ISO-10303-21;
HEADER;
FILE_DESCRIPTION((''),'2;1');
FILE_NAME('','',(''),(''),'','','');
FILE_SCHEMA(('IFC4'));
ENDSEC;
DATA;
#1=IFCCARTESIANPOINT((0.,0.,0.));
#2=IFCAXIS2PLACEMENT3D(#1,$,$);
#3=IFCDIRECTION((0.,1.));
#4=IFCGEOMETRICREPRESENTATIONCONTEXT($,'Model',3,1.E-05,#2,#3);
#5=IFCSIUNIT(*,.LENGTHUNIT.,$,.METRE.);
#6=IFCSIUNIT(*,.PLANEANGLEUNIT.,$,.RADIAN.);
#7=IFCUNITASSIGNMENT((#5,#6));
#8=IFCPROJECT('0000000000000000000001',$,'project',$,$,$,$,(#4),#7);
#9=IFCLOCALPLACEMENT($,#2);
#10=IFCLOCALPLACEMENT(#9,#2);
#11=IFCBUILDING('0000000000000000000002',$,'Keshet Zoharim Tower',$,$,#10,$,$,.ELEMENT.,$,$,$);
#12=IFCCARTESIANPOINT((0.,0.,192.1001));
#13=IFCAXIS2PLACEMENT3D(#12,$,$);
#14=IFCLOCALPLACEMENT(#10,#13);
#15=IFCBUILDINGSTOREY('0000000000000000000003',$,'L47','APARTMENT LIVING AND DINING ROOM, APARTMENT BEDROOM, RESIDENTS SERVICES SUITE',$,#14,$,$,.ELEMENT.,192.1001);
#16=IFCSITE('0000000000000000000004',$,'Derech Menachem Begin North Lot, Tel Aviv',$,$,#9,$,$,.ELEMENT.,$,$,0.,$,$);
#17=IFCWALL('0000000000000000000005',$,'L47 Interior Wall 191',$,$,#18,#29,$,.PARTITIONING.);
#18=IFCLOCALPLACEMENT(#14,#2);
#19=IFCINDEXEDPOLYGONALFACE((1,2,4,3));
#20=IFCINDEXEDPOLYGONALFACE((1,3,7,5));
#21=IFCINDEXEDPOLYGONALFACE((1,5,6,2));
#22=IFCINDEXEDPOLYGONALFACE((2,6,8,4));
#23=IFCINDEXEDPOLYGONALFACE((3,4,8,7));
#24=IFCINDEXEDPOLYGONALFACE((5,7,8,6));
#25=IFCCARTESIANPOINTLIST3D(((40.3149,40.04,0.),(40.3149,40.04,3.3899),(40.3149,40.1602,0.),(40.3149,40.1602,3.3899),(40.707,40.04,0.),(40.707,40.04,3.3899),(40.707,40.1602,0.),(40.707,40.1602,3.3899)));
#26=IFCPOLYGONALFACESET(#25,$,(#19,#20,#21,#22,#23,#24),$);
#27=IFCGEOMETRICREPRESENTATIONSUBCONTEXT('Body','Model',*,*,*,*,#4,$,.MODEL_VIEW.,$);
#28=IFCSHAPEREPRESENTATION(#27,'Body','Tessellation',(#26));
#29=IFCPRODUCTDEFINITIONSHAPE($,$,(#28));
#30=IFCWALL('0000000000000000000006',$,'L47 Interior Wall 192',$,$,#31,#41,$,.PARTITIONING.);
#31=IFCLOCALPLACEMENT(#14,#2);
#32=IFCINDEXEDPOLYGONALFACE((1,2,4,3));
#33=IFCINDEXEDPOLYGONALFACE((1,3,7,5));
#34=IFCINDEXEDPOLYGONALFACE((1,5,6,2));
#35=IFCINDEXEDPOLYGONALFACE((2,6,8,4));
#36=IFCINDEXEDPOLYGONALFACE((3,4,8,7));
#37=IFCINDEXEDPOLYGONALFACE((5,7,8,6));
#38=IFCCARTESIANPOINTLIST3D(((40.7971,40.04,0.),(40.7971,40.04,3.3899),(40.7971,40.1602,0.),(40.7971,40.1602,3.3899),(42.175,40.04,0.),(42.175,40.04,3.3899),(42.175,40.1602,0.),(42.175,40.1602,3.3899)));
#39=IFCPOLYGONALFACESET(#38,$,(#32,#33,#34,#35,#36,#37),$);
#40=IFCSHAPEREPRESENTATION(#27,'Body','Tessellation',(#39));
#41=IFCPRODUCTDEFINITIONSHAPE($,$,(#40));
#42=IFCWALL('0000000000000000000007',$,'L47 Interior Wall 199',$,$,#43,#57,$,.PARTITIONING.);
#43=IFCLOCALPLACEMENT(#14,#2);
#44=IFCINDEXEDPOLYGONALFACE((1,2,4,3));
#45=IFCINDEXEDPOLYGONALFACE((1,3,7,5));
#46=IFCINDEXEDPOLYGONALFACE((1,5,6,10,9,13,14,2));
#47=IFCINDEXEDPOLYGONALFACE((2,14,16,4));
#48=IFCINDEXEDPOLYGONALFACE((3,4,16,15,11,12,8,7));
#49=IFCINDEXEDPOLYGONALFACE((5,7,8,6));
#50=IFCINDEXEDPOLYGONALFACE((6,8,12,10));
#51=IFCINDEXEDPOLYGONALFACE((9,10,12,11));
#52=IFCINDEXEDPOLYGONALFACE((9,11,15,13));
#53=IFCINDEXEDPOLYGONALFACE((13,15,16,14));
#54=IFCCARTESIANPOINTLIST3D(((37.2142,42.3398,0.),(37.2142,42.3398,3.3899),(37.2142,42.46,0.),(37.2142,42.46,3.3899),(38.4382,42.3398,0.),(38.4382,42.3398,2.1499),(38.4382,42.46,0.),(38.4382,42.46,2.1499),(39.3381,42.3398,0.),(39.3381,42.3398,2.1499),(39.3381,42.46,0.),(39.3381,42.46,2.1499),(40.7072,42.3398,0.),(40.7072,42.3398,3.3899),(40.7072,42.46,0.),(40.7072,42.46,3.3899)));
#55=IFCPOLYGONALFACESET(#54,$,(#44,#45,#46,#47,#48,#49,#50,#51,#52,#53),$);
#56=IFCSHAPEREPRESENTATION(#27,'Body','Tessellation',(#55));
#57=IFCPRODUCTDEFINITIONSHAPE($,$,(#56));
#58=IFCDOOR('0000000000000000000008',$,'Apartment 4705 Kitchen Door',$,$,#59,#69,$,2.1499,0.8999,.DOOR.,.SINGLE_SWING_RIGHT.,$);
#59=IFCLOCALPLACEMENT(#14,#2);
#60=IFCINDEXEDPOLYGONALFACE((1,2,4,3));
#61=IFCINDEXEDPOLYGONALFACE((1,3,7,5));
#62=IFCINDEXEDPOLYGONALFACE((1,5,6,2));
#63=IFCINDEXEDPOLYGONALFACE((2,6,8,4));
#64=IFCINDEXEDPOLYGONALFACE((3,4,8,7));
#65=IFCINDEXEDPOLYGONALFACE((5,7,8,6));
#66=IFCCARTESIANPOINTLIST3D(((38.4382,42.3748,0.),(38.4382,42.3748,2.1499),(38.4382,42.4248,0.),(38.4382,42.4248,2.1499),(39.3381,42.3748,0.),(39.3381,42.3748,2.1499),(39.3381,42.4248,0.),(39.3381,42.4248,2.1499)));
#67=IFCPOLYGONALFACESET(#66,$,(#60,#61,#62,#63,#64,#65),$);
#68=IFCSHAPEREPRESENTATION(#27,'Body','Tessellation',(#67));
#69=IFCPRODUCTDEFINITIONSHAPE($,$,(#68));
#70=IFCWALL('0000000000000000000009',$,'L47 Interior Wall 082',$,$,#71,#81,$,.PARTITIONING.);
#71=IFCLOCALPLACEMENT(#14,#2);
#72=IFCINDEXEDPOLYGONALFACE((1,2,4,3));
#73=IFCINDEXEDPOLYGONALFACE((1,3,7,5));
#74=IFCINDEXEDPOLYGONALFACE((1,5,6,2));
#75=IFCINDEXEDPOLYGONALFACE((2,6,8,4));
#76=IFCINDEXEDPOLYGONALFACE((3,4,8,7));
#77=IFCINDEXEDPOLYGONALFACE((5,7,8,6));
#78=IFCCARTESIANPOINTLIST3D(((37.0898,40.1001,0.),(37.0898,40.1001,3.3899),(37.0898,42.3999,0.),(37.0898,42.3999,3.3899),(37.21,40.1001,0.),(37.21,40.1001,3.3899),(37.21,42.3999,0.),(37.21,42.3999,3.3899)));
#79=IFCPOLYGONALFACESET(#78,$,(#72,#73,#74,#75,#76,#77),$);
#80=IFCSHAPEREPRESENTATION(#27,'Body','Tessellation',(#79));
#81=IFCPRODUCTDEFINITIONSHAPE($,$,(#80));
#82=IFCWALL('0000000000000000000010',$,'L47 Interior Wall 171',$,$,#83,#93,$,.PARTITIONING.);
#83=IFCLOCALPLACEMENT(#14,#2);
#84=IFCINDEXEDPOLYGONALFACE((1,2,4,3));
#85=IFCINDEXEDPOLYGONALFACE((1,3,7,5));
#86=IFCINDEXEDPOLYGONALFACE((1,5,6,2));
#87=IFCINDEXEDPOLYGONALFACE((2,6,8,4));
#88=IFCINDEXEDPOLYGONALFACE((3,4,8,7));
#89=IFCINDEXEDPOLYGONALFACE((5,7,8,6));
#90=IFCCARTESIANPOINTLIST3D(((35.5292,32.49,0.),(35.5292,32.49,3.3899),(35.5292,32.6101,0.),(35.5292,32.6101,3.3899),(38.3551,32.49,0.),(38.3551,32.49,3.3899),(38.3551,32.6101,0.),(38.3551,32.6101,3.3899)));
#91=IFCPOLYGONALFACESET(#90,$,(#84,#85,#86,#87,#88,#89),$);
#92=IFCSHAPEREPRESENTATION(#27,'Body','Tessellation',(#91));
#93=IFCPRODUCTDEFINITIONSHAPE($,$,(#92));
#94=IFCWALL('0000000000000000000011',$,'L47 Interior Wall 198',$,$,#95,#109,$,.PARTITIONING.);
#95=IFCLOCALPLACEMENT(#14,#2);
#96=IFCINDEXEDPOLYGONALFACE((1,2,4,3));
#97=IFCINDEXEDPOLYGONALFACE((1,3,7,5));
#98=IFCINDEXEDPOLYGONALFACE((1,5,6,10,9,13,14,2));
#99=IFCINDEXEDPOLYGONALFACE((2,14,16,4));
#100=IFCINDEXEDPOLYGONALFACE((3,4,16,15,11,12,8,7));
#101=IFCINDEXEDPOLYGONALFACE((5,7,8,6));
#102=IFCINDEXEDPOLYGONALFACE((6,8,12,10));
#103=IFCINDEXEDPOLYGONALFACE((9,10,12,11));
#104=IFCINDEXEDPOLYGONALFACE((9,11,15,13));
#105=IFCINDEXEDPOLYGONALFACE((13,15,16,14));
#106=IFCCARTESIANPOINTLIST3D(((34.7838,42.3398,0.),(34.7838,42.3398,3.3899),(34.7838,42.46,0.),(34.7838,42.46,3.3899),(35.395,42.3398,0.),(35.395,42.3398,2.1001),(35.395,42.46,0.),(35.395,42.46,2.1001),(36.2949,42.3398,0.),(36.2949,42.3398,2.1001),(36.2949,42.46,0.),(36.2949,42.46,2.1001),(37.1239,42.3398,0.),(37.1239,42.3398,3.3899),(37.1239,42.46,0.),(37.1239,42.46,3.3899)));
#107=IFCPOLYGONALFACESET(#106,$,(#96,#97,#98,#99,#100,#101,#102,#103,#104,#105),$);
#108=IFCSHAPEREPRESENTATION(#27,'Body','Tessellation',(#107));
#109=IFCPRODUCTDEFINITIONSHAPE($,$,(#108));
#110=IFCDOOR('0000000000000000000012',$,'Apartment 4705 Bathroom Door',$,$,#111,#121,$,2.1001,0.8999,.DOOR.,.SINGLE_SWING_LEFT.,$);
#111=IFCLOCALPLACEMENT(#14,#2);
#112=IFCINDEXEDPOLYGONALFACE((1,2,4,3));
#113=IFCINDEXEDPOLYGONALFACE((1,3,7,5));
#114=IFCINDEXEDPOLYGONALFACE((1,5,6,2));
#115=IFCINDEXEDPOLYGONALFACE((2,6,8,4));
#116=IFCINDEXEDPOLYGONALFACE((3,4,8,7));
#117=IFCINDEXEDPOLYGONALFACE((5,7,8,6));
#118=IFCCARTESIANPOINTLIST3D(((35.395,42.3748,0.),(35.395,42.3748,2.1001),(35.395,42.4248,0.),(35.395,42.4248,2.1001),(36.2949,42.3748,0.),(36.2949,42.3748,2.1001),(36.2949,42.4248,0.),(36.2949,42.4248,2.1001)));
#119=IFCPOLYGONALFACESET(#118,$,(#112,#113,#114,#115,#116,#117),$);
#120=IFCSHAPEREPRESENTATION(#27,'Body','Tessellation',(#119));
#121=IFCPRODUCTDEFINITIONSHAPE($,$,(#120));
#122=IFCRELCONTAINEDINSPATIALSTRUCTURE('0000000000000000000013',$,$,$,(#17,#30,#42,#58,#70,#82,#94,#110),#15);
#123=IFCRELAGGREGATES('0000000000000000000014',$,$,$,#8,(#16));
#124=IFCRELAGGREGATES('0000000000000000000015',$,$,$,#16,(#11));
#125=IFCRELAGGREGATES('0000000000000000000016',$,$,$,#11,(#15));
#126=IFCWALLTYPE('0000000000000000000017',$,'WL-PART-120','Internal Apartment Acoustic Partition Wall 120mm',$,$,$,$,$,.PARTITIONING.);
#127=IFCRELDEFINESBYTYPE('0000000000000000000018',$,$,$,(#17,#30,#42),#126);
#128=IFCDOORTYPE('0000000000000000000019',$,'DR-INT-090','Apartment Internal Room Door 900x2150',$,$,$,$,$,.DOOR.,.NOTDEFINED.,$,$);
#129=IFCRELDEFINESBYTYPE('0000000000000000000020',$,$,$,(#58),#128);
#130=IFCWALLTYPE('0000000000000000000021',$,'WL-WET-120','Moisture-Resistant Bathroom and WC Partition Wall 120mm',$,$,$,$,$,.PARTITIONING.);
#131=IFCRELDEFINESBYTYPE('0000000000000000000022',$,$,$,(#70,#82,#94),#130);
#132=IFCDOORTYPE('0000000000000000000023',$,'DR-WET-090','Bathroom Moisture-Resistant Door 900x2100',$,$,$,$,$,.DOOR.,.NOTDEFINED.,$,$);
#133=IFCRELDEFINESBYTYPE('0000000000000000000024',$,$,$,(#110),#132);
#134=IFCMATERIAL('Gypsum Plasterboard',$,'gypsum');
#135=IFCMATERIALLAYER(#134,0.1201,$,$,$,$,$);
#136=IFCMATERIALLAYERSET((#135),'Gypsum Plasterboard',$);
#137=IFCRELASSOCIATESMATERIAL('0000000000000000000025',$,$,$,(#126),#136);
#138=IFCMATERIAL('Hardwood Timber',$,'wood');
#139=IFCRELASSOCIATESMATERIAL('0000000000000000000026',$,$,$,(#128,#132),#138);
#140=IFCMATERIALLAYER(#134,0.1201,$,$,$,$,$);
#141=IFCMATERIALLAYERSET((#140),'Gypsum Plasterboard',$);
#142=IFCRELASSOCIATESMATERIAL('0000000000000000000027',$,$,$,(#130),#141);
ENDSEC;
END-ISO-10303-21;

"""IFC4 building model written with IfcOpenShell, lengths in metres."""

from ifc_helpers import new_model, si_unit, direction, frame, frame_2d, origin, place, context, subcontext, project, spatial, rectangle, extrude, material, layer, layer_set, type_object, element, fill, save


model = new_model("IFC4")

# Units and contexts
model_context = context("Model", 3, precision=1e-05, world=origin(), true_north=direction((0.0, 1.0)))
body_context = subcontext(model_context, "Body", "Model", "MODEL_VIEW")
ifc_project = project(units=[si_unit("LENGTHUNIT", "METRE"), si_unit("PLANEANGLEUNIT", "RADIAN")], contexts=[model_context])

# Site, building, storey
site_placement = place(None, origin())
site = spatial("IfcSite", under=ifc_project, at=site_placement, Name="Derech Menachem Begin North Lot, Tel Aviv", CompositionType="ELEMENT", RefElevation=0.0)
building_placement = place(site_placement, origin())
building = spatial("IfcBuilding", under=site, at=building_placement, Name="Keshet Zoharim Tower", CompositionType="ELEMENT")
storey_placement = place(building_placement, frame((0.0, 0.0, 192.1001)))
storey = spatial("IfcBuildingStorey", under=building, at=storey_placement, Name="L47", Description="APARTMENT LIVING AND DINING ROOM, APARTMENT BEDROOM, RESIDENTS SERVICES SUITE", CompositionType="ELEMENT", Elevation=192.1001)

# Shared definitions
ifc_material_1 = material(Name="Gypsum Plasterboard", Category="gypsum")

# Shared definitions
ifc_material_2 = material(Name="Hardwood Timber", Category="wood")

# Walls
ifc_layer_1 = layer(ifc_material_1, 0.1201)
ifc_layer_set_1 = layer_set([ifc_layer_1], Name="Gypsum Plasterboard")
wall_type_1 = type_object("IfcWallType", Name="WL-PART-120", Description="Internal Apartment Acoustic Partition Wall 120mm", PredefinedType="PARTITIONING", material=ifc_layer_set_1)
wall_1_placement = place(storey_placement, frame((40.3149, 40.1001, 0.0), z_axis=(0.0, 0.0, 1.0), x_axis=(1.0, 0.0, 0.0)))
element("IfcWall", 1, at=wall_1_placement, inside=storey, type_object=wall_type_1, Name="L47 Interior Wall 191", PredefinedType="PARTITIONING", context=body_context, shape_type="SweptSolid", body=[
    extrude(rectangle(XDim=0.3921, YDim=0.1201, at=frame_2d((0.196, 0.0))), origin(), (0.0, 0.0, 1.0), 3.3899),
])
wall_2_placement = place(storey_placement, frame((40.7971, 40.1001, 0.0), z_axis=(0.0, 0.0, 1.0), x_axis=(1.0, 0.0, 0.0)))
element("IfcWall", 2, at=wall_2_placement, inside=storey, type_object=wall_type_1, Name="L47 Interior Wall 192", PredefinedType="PARTITIONING", context=body_context, shape_type="SweptSolid", body=[
    extrude(rectangle(XDim=1.3779, YDim=0.1201, at=frame_2d((0.689, 0.0))), origin(), (0.0, 0.0, 1.0), 3.3899),
])

# Wall, opening, door
wall_3_placement = place(storey_placement, frame((37.2141, 42.3999, 0.0), z_axis=(0.0, 0.0, 1.0), x_axis=(1.0, 0.0, 0.0)))
wall_3 = element("IfcWall", 3, at=wall_3_placement, inside=storey, type_object=wall_type_1, Name="L47 Interior Wall 199", PredefinedType="PARTITIONING", context=body_context, shape_type="SweptSolid", body=[
    extrude(rectangle(XDim=3.4929, YDim=0.1201, at=frame_2d((1.7466, 0.0))), origin(), (0.0, 0.0, 1.0), 3.3899),
])
opening_1_placement = place(wall_3_placement, frame((1.2241, 0.0, 0.0)))
opening_1 = element("IfcOpeningElement", 4, at=opening_1_placement, cuts=wall_3, PredefinedType="OPENING", context=body_context, shape_type="SweptSolid", body=[
    extrude(rectangle(XDim=0.8999, YDim=2.1499, at=frame_2d((0.45, 1.075))), frame((0.0, 0.0701, 0.0), z_axis=(0.0, -1.0, 0.0), x_axis=(1.0, 0.0, 0.0)), (0.0, 0.0, 1.0), 0.1401),
])
door_type_1 = type_object("IfcDoorType", Name="DR-INT-090", Description="Apartment Internal Room Door 900x2150", OperationType="NOTDEFINED", PredefinedType="DOOR", material=ifc_material_2)
door_1_placement = place(opening_1_placement, origin())
door_1 = element("IfcDoor", 5, at=door_1_placement, inside=storey, type_object=door_type_1, Name="Apartment 4705 Kitchen Door", OperationType="SINGLE_SWING_RIGHT", OverallHeight=2.1499, OverallWidth=0.8999, PredefinedType="DOOR", context=body_context, shape_type="SweptSolid", body=[
    extrude(rectangle(XDim=0.8999, YDim=2.1499, at=frame_2d((0.45, 1.075))), frame((0.0, 0.0249, 0.0), z_axis=(0.0, -1.0, 0.0), x_axis=(1.0, 0.0, 0.0)), (0.0, 0.0, 1.0), 0.05),
])
fill(opening_1, door_1)

# Walls
ifc_layer_2 = layer(ifc_material_1, 0.1201)
ifc_layer_set_2 = layer_set([ifc_layer_2], Name="Gypsum Plasterboard")
wall_type_2 = type_object("IfcWallType", Name="WL-WET-120", Description="Moisture-Resistant Bathroom and WC Partition Wall 120mm", PredefinedType="PARTITIONING", material=ifc_layer_set_2)
wall_4_placement = place(storey_placement, frame((37.1499, 40.1001, 0.0), z_axis=(0.0, 0.0, 1.0), x_axis=(0.0, 1.0, 0.0)))
element("IfcWall", 6, at=wall_4_placement, inside=storey, type_object=wall_type_2, Name="L47 Interior Wall 082", PredefinedType="PARTITIONING", context=body_context, shape_type="SweptSolid", body=[
    extrude(rectangle(XDim=2.2998, YDim=0.1201, at=frame_2d((1.1499, 0.0))), origin(), (0.0, 0.0, 1.0), 3.3899),
])
wall_5_placement = place(storey_placement, frame((35.5291, 32.55, 0.0), z_axis=(0.0, 0.0, 1.0), x_axis=(1.0, 0.0, 0.0)))
element("IfcWall", 7, at=wall_5_placement, inside=storey, type_object=wall_type_2, Name="L47 Interior Wall 171", PredefinedType="PARTITIONING", context=body_context, shape_type="SweptSolid", body=[
    extrude(rectangle(XDim=2.8259, YDim=0.1201, at=frame_2d((1.4131, 0.0))), origin(), (0.0, 0.0, 1.0), 3.3899),
])

# Wall, opening, door
wall_6_placement = place(storey_placement, frame((34.7839, 42.3999, 0.0), z_axis=(0.0, 0.0, 1.0), x_axis=(1.0, 0.0, 0.0)))
wall_6 = element("IfcWall", 8, at=wall_6_placement, inside=storey, type_object=wall_type_2, Name="L47 Interior Wall 198", PredefinedType="PARTITIONING", context=body_context, shape_type="SweptSolid", body=[
    extrude(rectangle(XDim=2.3401, YDim=0.1201, at=frame_2d((1.1699, 0.0))), origin(), (0.0, 0.0, 1.0), 3.3899),
])
opening_2_placement = place(wall_6_placement, frame((0.6111, 0.0, 0.0)))
opening_2 = element("IfcOpeningElement", 9, at=opening_2_placement, cuts=wall_6, PredefinedType="OPENING", context=body_context, shape_type="SweptSolid", body=[
    extrude(rectangle(XDim=0.8999, YDim=2.1001, at=frame_2d((0.45, 1.05))), frame((0.0, 0.0701, 0.0), z_axis=(0.0, -1.0, 0.0), x_axis=(1.0, 0.0, 0.0)), (0.0, 0.0, 1.0), 0.1401),
])
door_type_2 = type_object("IfcDoorType", Name="DR-WET-090", Description="Bathroom Moisture-Resistant Door 900x2100", OperationType="NOTDEFINED", PredefinedType="DOOR", material=ifc_material_2)
door_2_placement = place(opening_2_placement, origin())
door_2 = element("IfcDoor", 10, at=door_2_placement, inside=storey, type_object=door_type_2, Name="Apartment 4705 Bathroom Door", OperationType="SINGLE_SWING_LEFT", OverallHeight=2.1001, OverallWidth=0.8999, PredefinedType="DOOR", context=body_context, shape_type="SweptSolid", body=[
    extrude(rectangle(XDim=0.8999, YDim=2.1001, at=frame_2d((0.45, 1.05))), frame((0.0, 0.0249, 0.0), z_axis=(0.0, -1.0, 0.0), x_axis=(1.0, 0.0, 0.0)), (0.0, 0.0, 1.0), 0.05),
])
fill(opening_2, door_2)

save(model, "model.ifc")
